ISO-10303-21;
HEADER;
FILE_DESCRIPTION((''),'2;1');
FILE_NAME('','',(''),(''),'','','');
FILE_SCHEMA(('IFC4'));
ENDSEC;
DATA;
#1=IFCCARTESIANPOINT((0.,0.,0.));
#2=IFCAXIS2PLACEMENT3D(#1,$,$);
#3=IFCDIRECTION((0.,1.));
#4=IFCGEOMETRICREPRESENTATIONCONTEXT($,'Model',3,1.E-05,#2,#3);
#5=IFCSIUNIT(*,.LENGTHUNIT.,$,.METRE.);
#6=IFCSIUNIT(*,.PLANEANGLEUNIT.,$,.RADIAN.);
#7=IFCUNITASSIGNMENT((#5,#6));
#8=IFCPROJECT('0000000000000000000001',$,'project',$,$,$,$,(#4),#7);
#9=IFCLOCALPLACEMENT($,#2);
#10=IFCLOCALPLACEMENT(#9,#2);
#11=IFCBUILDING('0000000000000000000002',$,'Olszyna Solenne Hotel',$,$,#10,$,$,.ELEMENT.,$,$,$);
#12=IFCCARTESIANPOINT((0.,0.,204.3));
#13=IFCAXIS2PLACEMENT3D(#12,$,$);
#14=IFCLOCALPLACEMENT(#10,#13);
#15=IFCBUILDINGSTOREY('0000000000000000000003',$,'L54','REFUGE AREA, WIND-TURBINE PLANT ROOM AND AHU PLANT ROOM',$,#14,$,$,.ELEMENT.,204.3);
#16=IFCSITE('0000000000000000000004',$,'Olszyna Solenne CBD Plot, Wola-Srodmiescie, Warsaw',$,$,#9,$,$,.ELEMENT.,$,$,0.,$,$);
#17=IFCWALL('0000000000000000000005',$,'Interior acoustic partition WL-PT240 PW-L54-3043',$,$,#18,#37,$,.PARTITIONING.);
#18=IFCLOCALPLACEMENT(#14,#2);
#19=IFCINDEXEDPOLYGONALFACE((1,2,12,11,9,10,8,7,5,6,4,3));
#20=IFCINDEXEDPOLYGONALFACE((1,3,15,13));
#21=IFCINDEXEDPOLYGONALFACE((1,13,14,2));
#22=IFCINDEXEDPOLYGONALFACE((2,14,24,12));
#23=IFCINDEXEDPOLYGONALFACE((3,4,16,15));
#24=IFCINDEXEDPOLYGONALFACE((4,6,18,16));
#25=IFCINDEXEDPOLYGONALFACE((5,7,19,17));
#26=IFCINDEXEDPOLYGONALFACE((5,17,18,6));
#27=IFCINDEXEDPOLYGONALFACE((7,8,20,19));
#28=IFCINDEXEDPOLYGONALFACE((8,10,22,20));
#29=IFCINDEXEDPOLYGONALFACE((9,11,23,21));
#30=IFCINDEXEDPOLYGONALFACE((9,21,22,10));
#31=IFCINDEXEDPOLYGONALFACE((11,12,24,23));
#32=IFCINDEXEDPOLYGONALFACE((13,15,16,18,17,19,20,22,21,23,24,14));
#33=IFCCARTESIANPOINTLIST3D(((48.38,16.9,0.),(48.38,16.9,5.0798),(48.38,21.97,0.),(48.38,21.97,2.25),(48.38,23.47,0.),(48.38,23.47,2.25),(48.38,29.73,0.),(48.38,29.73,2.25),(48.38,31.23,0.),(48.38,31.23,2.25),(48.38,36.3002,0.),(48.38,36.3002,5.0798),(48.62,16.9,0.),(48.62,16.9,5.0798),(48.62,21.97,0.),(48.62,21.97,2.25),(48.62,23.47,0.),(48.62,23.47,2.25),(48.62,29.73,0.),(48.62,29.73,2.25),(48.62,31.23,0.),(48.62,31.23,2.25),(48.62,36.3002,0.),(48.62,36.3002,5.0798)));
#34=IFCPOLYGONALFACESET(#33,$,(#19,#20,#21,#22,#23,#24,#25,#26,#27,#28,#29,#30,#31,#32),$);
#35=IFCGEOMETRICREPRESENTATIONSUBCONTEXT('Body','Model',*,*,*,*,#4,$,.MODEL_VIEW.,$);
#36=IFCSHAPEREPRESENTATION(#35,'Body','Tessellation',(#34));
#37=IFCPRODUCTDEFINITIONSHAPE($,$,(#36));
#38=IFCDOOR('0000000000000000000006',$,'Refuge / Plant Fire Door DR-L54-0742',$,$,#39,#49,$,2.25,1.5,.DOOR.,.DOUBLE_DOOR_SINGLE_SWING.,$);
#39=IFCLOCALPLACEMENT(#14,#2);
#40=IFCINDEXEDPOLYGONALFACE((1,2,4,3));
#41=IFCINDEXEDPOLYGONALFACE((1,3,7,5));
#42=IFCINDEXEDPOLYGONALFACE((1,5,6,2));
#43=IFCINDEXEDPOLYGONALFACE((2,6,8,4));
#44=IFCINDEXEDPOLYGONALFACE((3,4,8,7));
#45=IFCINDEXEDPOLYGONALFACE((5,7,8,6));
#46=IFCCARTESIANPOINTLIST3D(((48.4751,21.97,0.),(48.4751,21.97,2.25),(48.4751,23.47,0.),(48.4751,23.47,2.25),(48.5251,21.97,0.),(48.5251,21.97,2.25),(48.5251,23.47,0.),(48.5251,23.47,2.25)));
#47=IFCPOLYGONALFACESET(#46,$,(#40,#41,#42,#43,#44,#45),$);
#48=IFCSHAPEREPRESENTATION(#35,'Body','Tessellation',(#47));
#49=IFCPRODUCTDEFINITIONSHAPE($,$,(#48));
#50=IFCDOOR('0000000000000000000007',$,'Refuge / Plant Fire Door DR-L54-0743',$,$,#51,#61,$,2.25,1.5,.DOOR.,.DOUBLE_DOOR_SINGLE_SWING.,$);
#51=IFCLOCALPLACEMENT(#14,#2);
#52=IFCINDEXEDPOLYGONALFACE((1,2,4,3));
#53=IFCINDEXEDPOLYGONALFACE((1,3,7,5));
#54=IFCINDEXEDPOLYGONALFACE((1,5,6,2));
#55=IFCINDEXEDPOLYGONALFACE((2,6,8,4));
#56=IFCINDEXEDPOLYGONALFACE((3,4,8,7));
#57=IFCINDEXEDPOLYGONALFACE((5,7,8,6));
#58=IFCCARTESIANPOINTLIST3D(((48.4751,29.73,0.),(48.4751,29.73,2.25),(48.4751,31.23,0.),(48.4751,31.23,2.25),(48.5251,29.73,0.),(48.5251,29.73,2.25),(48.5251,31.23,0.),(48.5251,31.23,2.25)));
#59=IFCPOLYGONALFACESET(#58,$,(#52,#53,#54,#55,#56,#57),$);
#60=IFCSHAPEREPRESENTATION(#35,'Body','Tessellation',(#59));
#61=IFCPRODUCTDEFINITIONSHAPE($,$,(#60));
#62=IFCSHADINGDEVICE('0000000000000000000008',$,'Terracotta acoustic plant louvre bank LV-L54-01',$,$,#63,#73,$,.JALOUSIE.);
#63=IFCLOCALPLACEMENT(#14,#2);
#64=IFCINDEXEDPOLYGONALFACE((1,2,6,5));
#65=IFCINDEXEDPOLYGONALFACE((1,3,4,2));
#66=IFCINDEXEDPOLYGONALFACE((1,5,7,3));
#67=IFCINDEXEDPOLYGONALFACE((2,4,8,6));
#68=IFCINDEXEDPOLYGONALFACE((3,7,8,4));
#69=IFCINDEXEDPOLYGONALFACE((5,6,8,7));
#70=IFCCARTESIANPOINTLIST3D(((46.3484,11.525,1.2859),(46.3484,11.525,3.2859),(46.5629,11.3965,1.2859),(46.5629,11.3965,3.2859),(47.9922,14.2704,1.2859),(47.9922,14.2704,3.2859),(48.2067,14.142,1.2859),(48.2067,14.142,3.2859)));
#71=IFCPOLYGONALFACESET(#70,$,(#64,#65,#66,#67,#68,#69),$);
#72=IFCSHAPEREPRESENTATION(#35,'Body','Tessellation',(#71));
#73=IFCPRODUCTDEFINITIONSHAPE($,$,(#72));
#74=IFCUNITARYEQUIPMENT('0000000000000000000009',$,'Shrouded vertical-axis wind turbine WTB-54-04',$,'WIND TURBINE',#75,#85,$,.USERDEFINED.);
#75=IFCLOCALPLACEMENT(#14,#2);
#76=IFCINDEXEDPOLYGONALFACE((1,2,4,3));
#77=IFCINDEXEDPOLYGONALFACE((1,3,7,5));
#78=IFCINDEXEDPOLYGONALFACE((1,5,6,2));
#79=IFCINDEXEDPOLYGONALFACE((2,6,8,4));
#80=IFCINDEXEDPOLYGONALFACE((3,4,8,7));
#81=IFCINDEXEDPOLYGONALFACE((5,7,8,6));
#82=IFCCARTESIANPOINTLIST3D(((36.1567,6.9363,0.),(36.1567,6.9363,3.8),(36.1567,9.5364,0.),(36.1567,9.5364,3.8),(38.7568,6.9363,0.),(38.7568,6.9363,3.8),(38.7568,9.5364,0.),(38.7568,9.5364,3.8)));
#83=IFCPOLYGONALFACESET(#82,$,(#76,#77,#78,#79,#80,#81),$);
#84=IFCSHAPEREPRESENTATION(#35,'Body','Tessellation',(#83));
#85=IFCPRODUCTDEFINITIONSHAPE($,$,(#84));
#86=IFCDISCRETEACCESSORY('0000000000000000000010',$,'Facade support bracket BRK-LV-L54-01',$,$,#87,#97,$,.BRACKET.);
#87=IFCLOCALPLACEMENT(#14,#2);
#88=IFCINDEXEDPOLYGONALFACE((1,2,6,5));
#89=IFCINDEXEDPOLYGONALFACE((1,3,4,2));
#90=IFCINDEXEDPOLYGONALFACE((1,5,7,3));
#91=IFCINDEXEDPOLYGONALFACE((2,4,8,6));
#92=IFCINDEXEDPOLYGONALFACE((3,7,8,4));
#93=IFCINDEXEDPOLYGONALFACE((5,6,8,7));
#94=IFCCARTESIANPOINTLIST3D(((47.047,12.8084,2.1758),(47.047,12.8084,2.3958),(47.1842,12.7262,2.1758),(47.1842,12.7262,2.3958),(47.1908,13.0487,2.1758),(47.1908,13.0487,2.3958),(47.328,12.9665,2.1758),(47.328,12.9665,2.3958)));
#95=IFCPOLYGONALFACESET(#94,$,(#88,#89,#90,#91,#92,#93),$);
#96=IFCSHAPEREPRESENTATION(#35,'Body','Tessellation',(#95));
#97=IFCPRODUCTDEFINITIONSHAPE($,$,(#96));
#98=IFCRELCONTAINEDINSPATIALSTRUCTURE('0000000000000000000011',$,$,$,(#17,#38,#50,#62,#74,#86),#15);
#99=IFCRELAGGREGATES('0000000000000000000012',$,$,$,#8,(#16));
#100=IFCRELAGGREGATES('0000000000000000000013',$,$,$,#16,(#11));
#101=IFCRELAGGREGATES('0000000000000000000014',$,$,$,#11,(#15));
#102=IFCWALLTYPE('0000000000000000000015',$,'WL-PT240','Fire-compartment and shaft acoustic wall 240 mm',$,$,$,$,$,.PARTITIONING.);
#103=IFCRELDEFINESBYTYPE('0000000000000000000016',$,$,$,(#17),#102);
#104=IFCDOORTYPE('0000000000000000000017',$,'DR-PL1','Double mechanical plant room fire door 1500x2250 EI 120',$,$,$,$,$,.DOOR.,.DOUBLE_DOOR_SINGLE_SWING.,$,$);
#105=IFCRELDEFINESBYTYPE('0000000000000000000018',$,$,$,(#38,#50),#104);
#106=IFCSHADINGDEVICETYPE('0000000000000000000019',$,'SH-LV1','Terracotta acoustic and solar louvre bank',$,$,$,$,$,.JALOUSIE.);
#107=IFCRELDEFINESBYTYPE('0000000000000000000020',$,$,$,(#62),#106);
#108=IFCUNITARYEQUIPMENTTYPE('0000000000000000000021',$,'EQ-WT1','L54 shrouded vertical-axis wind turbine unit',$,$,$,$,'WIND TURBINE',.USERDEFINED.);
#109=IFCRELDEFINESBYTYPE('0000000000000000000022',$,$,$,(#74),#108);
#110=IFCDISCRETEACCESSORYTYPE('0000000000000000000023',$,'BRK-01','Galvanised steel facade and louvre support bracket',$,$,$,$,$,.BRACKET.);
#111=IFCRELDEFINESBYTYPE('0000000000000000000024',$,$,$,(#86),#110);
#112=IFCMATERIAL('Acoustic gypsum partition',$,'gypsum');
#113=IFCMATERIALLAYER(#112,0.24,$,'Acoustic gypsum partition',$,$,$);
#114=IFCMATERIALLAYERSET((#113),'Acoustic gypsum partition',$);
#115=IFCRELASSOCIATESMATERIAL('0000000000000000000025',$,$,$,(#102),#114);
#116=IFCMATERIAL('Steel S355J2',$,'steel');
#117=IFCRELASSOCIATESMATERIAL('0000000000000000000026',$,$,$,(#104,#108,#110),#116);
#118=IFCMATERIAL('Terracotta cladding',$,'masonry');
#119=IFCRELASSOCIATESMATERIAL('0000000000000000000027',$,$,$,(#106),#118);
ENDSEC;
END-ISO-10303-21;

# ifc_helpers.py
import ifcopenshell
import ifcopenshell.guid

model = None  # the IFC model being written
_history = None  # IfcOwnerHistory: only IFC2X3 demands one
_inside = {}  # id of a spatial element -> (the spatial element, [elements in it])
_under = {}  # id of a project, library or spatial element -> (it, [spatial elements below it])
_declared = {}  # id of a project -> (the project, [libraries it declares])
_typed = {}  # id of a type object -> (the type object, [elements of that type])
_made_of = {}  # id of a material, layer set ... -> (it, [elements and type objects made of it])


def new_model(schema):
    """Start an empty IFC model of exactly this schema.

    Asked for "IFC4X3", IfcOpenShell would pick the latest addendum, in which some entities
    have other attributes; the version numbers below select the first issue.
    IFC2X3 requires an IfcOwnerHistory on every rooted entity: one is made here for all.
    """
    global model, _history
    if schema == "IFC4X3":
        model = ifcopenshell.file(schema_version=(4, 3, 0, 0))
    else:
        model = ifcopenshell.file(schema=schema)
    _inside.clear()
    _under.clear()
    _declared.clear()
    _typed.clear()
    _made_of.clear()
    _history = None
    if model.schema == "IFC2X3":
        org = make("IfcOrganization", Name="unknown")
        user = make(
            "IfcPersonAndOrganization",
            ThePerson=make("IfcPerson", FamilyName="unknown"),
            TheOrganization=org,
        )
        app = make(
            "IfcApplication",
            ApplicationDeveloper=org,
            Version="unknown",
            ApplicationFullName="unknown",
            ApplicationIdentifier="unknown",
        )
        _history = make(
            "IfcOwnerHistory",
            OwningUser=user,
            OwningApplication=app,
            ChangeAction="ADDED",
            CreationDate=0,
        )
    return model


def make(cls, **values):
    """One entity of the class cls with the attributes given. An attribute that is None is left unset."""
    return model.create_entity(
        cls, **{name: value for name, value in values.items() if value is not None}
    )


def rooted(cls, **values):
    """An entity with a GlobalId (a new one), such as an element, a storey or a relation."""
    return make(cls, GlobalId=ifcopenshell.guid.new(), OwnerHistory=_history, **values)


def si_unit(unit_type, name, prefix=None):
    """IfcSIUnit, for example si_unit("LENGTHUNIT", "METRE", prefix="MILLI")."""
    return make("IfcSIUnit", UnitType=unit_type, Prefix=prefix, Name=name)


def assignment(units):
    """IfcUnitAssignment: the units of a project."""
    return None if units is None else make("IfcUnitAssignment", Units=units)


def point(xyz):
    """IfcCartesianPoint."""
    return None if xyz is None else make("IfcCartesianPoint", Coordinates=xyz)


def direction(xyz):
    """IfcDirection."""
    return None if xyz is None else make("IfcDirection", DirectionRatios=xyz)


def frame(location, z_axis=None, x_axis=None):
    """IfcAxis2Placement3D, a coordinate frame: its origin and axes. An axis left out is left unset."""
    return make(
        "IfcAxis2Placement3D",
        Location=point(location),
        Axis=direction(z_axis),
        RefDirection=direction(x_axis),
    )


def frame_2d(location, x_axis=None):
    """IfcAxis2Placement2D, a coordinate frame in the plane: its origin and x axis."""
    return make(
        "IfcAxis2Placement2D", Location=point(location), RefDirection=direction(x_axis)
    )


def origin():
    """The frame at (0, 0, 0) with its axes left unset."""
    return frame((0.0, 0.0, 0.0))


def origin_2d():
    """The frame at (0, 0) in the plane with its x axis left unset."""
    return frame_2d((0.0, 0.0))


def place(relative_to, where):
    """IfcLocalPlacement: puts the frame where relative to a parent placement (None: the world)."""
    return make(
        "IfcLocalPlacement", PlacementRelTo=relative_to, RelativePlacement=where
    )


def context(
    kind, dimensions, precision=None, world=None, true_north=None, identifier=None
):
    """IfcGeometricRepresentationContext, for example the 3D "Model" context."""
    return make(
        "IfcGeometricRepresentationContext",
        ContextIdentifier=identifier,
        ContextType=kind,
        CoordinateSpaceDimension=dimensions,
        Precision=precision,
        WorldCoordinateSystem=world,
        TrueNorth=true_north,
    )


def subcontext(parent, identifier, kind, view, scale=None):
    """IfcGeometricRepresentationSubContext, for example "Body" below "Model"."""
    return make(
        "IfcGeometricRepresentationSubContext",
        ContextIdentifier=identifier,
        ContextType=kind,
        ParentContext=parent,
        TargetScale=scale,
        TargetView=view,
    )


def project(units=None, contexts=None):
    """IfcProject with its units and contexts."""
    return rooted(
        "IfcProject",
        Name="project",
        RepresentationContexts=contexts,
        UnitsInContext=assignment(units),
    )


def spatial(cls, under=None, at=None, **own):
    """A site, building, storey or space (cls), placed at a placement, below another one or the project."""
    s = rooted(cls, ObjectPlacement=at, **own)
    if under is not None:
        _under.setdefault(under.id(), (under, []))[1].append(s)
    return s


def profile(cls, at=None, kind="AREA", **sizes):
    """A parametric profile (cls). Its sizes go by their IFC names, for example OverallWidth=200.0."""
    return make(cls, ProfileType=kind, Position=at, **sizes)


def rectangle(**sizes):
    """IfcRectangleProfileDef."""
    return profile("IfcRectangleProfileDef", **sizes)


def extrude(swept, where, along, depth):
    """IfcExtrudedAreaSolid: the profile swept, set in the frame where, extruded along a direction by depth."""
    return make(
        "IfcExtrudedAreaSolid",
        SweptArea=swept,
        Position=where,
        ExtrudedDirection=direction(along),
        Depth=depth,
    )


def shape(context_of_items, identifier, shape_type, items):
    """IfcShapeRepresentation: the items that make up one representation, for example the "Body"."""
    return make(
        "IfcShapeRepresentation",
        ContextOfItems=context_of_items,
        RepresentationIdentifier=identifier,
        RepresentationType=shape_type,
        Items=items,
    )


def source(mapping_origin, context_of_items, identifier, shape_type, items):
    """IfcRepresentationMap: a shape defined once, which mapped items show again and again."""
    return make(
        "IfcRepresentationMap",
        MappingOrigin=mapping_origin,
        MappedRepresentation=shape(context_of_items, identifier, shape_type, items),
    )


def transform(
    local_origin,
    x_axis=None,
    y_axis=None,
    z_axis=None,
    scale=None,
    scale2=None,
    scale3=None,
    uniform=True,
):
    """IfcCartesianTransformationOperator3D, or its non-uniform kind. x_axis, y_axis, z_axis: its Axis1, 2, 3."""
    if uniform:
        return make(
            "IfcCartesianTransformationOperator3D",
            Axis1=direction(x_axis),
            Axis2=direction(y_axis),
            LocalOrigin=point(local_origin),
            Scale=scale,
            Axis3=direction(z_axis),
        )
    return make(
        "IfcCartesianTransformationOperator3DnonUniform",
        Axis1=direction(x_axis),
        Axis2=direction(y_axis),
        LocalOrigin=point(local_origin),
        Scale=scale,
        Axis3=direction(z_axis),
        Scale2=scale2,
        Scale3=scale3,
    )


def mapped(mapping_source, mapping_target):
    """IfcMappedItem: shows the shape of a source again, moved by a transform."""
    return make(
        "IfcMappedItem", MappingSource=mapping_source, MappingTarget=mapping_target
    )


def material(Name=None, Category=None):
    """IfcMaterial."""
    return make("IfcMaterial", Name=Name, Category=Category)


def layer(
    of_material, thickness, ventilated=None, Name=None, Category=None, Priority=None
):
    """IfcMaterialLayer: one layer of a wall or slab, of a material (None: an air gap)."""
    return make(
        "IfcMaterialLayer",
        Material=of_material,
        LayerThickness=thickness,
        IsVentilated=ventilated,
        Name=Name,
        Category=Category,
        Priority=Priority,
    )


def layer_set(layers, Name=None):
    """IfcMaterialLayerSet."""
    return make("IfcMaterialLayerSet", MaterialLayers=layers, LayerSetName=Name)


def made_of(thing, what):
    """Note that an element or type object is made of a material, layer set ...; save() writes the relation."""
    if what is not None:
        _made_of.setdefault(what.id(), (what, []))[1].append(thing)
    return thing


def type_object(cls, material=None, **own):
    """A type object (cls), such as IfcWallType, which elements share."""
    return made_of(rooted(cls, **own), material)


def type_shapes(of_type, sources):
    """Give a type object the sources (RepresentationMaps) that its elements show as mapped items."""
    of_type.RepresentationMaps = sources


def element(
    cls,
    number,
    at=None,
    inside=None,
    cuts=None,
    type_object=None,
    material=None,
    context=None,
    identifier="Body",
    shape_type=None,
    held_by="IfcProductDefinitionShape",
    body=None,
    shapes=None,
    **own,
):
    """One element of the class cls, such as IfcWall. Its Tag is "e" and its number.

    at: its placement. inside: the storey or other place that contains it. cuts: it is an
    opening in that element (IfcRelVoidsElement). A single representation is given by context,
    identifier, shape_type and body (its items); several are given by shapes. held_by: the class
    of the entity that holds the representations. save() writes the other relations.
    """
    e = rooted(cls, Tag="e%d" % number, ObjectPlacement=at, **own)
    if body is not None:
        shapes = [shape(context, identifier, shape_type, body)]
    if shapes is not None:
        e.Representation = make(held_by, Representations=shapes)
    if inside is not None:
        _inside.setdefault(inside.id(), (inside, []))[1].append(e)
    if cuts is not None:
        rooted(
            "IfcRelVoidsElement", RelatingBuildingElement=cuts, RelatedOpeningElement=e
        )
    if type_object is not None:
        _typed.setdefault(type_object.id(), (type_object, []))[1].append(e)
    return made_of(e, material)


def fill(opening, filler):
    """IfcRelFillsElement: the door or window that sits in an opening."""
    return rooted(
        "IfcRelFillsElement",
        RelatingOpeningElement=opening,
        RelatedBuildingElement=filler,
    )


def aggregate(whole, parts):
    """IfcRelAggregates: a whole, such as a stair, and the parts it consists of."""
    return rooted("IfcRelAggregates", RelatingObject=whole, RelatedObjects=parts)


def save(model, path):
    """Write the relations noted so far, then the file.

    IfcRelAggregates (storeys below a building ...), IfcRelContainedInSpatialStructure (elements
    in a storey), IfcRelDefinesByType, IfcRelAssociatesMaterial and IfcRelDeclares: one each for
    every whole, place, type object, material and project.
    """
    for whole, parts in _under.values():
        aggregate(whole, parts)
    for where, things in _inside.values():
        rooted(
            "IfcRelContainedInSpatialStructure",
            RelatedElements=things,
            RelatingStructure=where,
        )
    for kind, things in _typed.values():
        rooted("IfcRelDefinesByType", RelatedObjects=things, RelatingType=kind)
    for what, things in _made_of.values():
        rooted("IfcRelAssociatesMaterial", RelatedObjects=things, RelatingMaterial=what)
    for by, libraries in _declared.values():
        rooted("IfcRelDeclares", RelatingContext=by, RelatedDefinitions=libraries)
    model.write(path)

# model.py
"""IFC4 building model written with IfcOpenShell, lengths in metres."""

from ifc_helpers import new_model, si_unit, direction, frame, frame_2d, origin, origin_2d, place, context, subcontext, project, spatial, rectangle, extrude, source, transform, mapped, material, layer, layer_set, type_object, type_shapes, element, fill, save


model = new_model("IFC4")

# Units and contexts
model_context = context("Model", 3, precision=1e-05, world=origin(), true_north=direction((0.0, 1.0)))
body_context = subcontext(model_context, "Body", "Model", "MODEL_VIEW")
ifc_project = project(units=[si_unit("LENGTHUNIT", "METRE"), si_unit("PLANEANGLEUNIT", "RADIAN")], contexts=[model_context])

# Site, building, storey
site_placement = place(None, origin())
site = spatial("IfcSite", under=ifc_project, at=site_placement, Name="Olszyna Solenne CBD Plot, Wola-Srodmiescie, Warsaw", CompositionType="ELEMENT", RefElevation=0.0)
building_placement = place(site_placement, origin())
building = spatial("IfcBuilding", under=site, at=building_placement, Name="Olszyna Solenne Hotel", CompositionType="ELEMENT")
storey_placement = place(building_placement, frame((0.0, 0.0, 204.3)))
storey = spatial("IfcBuildingStorey", under=building, at=storey_placement, Name="L54", Description="REFUGE AREA, WIND-TURBINE PLANT ROOM AND AHU PLANT ROOM", CompositionType="ELEMENT", Elevation=204.3)

# Shared definitions
ifc_material_1 = material(Name="Steel S355J2", Category="steel")

# Shared definitions
ifc_material_2 = material(Name="Acoustic gypsum partition", Category="gypsum")
ifc_layer_1 = layer(ifc_material_2, 0.24, Name="Acoustic gypsum partition")
ifc_layer_set_1 = layer_set([ifc_layer_1], Name="Acoustic gypsum partition")
wall_type_1 = type_object("IfcWallType", Name="WL-PT240", Description="Fire-compartment and shaft acoustic wall 240 mm", PredefinedType="PARTITIONING", material=ifc_layer_set_1)

# Wall, openings, doors
wall_1_placement = place(storey_placement, frame((48.5, 16.8999, 0.0), z_axis=(0.0, 0.0, 1.0), x_axis=(0.0, 1.0, 0.0)))
wall_1 = element("IfcWall", 1, at=wall_1_placement, inside=storey, type_object=wall_type_1, Name="Interior acoustic partition WL-PT240 PW-L54-3043", PredefinedType="PARTITIONING", context=body_context, shape_type="SweptSolid", body=[
    extrude(rectangle(XDim=19.4001, YDim=0.24, at=frame_2d((9.7002, 0.0))), origin(), (0.0, 0.0, 1.0), 5.0798),
])
opening_1_placement = place(wall_1_placement, frame((5.0701, 0.0, 0.0)))
opening_1 = element("IfcOpeningElement", 2, at=opening_1_placement, cuts=wall_1, PredefinedType="OPENING", context=body_context, shape_type="SweptSolid", body=[
    extrude(rectangle(XDim=1.5, YDim=2.25, at=frame_2d((0.75, 1.125))), frame((0.0, 0.1299, 0.0), z_axis=(0.0, -1.0, 0.0), x_axis=(1.0, 0.0, 0.0)), (0.0, 0.0, 1.0), 0.26),
])
opening_2_placement = place(wall_1_placement, frame((12.8301, 0.0, 0.0)))
opening_2 = element("IfcOpeningElement", 3, at=opening_2_placement, cuts=wall_1, PredefinedType="OPENING", context=body_context, shape_type="SweptSolid", body=[
    extrude(rectangle(XDim=1.5, YDim=2.25, at=frame_2d((0.75, 1.125))), frame((0.0, 0.1299, 0.0), z_axis=(0.0, -1.0, 0.0), x_axis=(1.0, 0.0, 0.0)), (0.0, 0.0, 1.0), 0.26),
])
door_type_1 = type_object("IfcDoorType", Name="DR-PL1", Description="Double mechanical plant room fire door 1500x2250 EI 120", OperationType="DOUBLE_DOOR_SINGLE_SWING", PredefinedType="DOOR", material=ifc_material_1)
shared_shape_1 = source(origin(), body_context, "Body", "SweptSolid", [
    extrude(rectangle(XDim=1.5, YDim=2.25, at=frame_2d((0.75, 1.125))), frame((0.0, 0.0249, 0.0), z_axis=(0.0, -1.0, 0.0), x_axis=(1.0, 0.0, 0.0)), (0.0, 0.0, 1.0), 0.05),
])
type_shapes(door_type_1, [shared_shape_1])
door_1_placement = place(opening_1_placement, origin())
door_1 = element("IfcDoor", 4, at=door_1_placement, inside=storey, type_object=door_type_1, Name="Refuge / Plant Fire Door DR-L54-0742", OperationType="DOUBLE_DOOR_SINGLE_SWING", OverallHeight=2.25, OverallWidth=1.5, PredefinedType="DOOR", context=body_context, shape_type="MappedRepresentation", body=[
    mapped(shared_shape_1, transform((0.0, 0.0, 0.0), x_axis=(1.0, 0.0, 0.0), y_axis=(0.0, 1.0, 0.0), z_axis=(0.0, 0.0, 1.0), scale=1.0)),
])
fill(opening_1, door_1)
door_2_placement = place(opening_2_placement, origin())
door_2 = element("IfcDoor", 5, at=door_2_placement, inside=storey, type_object=door_type_1, Name="Refuge / Plant Fire Door DR-L54-0743", OperationType="DOUBLE_DOOR_SINGLE_SWING", OverallHeight=2.25, OverallWidth=1.5, PredefinedType="DOOR", context=body_context, shape_type="MappedRepresentation", body=[
    mapped(shared_shape_1, transform((0.0, 0.0, 0.0), x_axis=(1.0, 0.0, 0.0), y_axis=(0.0, 1.0, 0.0), z_axis=(0.0, 0.0, 1.0), scale=1.0)),
])
fill(opening_2, door_2)

# Shading device
ifc_material_3 = material(Name="Terracotta cladding", Category="masonry")
shading_device_type = type_object("IfcShadingDeviceType", Name="SH-LV1", Description="Terracotta acoustic and solar louvre bank", PredefinedType="JALOUSIE", material=ifc_material_3)
shared_shape_2 = source(origin(), body_context, "Body", "SweptSolid", [
    extrude(rectangle(XDim=3.2, YDim=0.25, at=origin_2d()), origin(), (0.0, 0.0, 1.0), 2.0),
])
shading_device_placement = place(storey_placement, frame((47.2776, 12.8335, 1.2859), z_axis=(0.0, 0.0, 1.0), x_axis=(-0.513691, -0.857975, 0.0)))
element("IfcShadingDevice", 6, at=shading_device_placement, inside=storey, type_object=shading_device_type, Name="Terracotta acoustic plant louvre bank LV-L54-01", PredefinedType="JALOUSIE", context=body_context, shape_type="MappedRepresentation", body=[
    mapped(shared_shape_2, transform((0.0, 0.0, 0.0), x_axis=(1.0, 0.0, 0.0), y_axis=(0.0, 1.0, 0.0), z_axis=(0.0, 0.0, 1.0), scale=1.0)),
])

# Unitary equipment
unitary_equipment_type = type_object("IfcUnitaryEquipmentType", Name="EQ-WT1", Description="L54 shrouded vertical-axis wind turbine unit", ElementType="WIND TURBINE", PredefinedType="USERDEFINED", material=ifc_material_1)
shared_shape_3 = source(origin(), body_context, "Body", "SweptSolid", [
    extrude(rectangle(XDim=2.6001, YDim=2.6001, at=origin_2d()), origin(), (0.0, 0.0, 1.0), 3.8),
])
unitary_equipment_placement = place(storey_placement, frame((37.4568, 8.2363, 0.0), z_axis=(0.0, 0.0, 1.0), x_axis=(1.0, 0.0, 0.0)))
element("IfcUnitaryEquipment", 7, at=unitary_equipment_placement, inside=storey, type_object=unitary_equipment_type, Name="Shrouded vertical-axis wind turbine WTB-54-04", ObjectType="WIND TURBINE", PredefinedType="USERDEFINED", context=body_context, shape_type="MappedRepresentation", body=[
    mapped(shared_shape_3, transform((0.0, 0.0, 0.0), x_axis=(1.0, 0.0, 0.0), y_axis=(0.0, 1.0, 0.0), z_axis=(0.0, 0.0, 1.0), scale=1.0)),
])

# Discrete accessory
discrete_accessory_type = type_object("IfcDiscreteAccessoryType", Name="BRK-01", Description="Galvanised steel facade and louvre support bracket", PredefinedType="BRACKET", material=ifc_material_1)
shared_shape_4 = source(origin(), body_context, "Body", "SweptSolid", [
    extrude(rectangle(XDim=0.28, YDim=0.1599, at=origin_2d()), origin(), (0.0, 0.0, 1.0), 0.22),
])
discrete_accessory_placement = place(storey_placement, frame((47.1875, 12.8875, 2.1758), z_axis=(0.0, 0.0, 1.0), x_axis=(-0.513691, -0.857975, 0.0)))
element("IfcDiscreteAccessory", 8, at=discrete_accessory_placement, inside=storey, type_object=discrete_accessory_type, Name="Facade support bracket BRK-LV-L54-01", PredefinedType="BRACKET", context=body_context, shape_type="MappedRepresentation", body=[
    mapped(shared_shape_4, transform((0.0, 0.0, 0.0), x_axis=(1.0, 0.0, 0.0), y_axis=(0.0, 1.0, 0.0), z_axis=(0.0, 0.0, 1.0), scale=1.0)),
])

save(model, "model.ifc")
